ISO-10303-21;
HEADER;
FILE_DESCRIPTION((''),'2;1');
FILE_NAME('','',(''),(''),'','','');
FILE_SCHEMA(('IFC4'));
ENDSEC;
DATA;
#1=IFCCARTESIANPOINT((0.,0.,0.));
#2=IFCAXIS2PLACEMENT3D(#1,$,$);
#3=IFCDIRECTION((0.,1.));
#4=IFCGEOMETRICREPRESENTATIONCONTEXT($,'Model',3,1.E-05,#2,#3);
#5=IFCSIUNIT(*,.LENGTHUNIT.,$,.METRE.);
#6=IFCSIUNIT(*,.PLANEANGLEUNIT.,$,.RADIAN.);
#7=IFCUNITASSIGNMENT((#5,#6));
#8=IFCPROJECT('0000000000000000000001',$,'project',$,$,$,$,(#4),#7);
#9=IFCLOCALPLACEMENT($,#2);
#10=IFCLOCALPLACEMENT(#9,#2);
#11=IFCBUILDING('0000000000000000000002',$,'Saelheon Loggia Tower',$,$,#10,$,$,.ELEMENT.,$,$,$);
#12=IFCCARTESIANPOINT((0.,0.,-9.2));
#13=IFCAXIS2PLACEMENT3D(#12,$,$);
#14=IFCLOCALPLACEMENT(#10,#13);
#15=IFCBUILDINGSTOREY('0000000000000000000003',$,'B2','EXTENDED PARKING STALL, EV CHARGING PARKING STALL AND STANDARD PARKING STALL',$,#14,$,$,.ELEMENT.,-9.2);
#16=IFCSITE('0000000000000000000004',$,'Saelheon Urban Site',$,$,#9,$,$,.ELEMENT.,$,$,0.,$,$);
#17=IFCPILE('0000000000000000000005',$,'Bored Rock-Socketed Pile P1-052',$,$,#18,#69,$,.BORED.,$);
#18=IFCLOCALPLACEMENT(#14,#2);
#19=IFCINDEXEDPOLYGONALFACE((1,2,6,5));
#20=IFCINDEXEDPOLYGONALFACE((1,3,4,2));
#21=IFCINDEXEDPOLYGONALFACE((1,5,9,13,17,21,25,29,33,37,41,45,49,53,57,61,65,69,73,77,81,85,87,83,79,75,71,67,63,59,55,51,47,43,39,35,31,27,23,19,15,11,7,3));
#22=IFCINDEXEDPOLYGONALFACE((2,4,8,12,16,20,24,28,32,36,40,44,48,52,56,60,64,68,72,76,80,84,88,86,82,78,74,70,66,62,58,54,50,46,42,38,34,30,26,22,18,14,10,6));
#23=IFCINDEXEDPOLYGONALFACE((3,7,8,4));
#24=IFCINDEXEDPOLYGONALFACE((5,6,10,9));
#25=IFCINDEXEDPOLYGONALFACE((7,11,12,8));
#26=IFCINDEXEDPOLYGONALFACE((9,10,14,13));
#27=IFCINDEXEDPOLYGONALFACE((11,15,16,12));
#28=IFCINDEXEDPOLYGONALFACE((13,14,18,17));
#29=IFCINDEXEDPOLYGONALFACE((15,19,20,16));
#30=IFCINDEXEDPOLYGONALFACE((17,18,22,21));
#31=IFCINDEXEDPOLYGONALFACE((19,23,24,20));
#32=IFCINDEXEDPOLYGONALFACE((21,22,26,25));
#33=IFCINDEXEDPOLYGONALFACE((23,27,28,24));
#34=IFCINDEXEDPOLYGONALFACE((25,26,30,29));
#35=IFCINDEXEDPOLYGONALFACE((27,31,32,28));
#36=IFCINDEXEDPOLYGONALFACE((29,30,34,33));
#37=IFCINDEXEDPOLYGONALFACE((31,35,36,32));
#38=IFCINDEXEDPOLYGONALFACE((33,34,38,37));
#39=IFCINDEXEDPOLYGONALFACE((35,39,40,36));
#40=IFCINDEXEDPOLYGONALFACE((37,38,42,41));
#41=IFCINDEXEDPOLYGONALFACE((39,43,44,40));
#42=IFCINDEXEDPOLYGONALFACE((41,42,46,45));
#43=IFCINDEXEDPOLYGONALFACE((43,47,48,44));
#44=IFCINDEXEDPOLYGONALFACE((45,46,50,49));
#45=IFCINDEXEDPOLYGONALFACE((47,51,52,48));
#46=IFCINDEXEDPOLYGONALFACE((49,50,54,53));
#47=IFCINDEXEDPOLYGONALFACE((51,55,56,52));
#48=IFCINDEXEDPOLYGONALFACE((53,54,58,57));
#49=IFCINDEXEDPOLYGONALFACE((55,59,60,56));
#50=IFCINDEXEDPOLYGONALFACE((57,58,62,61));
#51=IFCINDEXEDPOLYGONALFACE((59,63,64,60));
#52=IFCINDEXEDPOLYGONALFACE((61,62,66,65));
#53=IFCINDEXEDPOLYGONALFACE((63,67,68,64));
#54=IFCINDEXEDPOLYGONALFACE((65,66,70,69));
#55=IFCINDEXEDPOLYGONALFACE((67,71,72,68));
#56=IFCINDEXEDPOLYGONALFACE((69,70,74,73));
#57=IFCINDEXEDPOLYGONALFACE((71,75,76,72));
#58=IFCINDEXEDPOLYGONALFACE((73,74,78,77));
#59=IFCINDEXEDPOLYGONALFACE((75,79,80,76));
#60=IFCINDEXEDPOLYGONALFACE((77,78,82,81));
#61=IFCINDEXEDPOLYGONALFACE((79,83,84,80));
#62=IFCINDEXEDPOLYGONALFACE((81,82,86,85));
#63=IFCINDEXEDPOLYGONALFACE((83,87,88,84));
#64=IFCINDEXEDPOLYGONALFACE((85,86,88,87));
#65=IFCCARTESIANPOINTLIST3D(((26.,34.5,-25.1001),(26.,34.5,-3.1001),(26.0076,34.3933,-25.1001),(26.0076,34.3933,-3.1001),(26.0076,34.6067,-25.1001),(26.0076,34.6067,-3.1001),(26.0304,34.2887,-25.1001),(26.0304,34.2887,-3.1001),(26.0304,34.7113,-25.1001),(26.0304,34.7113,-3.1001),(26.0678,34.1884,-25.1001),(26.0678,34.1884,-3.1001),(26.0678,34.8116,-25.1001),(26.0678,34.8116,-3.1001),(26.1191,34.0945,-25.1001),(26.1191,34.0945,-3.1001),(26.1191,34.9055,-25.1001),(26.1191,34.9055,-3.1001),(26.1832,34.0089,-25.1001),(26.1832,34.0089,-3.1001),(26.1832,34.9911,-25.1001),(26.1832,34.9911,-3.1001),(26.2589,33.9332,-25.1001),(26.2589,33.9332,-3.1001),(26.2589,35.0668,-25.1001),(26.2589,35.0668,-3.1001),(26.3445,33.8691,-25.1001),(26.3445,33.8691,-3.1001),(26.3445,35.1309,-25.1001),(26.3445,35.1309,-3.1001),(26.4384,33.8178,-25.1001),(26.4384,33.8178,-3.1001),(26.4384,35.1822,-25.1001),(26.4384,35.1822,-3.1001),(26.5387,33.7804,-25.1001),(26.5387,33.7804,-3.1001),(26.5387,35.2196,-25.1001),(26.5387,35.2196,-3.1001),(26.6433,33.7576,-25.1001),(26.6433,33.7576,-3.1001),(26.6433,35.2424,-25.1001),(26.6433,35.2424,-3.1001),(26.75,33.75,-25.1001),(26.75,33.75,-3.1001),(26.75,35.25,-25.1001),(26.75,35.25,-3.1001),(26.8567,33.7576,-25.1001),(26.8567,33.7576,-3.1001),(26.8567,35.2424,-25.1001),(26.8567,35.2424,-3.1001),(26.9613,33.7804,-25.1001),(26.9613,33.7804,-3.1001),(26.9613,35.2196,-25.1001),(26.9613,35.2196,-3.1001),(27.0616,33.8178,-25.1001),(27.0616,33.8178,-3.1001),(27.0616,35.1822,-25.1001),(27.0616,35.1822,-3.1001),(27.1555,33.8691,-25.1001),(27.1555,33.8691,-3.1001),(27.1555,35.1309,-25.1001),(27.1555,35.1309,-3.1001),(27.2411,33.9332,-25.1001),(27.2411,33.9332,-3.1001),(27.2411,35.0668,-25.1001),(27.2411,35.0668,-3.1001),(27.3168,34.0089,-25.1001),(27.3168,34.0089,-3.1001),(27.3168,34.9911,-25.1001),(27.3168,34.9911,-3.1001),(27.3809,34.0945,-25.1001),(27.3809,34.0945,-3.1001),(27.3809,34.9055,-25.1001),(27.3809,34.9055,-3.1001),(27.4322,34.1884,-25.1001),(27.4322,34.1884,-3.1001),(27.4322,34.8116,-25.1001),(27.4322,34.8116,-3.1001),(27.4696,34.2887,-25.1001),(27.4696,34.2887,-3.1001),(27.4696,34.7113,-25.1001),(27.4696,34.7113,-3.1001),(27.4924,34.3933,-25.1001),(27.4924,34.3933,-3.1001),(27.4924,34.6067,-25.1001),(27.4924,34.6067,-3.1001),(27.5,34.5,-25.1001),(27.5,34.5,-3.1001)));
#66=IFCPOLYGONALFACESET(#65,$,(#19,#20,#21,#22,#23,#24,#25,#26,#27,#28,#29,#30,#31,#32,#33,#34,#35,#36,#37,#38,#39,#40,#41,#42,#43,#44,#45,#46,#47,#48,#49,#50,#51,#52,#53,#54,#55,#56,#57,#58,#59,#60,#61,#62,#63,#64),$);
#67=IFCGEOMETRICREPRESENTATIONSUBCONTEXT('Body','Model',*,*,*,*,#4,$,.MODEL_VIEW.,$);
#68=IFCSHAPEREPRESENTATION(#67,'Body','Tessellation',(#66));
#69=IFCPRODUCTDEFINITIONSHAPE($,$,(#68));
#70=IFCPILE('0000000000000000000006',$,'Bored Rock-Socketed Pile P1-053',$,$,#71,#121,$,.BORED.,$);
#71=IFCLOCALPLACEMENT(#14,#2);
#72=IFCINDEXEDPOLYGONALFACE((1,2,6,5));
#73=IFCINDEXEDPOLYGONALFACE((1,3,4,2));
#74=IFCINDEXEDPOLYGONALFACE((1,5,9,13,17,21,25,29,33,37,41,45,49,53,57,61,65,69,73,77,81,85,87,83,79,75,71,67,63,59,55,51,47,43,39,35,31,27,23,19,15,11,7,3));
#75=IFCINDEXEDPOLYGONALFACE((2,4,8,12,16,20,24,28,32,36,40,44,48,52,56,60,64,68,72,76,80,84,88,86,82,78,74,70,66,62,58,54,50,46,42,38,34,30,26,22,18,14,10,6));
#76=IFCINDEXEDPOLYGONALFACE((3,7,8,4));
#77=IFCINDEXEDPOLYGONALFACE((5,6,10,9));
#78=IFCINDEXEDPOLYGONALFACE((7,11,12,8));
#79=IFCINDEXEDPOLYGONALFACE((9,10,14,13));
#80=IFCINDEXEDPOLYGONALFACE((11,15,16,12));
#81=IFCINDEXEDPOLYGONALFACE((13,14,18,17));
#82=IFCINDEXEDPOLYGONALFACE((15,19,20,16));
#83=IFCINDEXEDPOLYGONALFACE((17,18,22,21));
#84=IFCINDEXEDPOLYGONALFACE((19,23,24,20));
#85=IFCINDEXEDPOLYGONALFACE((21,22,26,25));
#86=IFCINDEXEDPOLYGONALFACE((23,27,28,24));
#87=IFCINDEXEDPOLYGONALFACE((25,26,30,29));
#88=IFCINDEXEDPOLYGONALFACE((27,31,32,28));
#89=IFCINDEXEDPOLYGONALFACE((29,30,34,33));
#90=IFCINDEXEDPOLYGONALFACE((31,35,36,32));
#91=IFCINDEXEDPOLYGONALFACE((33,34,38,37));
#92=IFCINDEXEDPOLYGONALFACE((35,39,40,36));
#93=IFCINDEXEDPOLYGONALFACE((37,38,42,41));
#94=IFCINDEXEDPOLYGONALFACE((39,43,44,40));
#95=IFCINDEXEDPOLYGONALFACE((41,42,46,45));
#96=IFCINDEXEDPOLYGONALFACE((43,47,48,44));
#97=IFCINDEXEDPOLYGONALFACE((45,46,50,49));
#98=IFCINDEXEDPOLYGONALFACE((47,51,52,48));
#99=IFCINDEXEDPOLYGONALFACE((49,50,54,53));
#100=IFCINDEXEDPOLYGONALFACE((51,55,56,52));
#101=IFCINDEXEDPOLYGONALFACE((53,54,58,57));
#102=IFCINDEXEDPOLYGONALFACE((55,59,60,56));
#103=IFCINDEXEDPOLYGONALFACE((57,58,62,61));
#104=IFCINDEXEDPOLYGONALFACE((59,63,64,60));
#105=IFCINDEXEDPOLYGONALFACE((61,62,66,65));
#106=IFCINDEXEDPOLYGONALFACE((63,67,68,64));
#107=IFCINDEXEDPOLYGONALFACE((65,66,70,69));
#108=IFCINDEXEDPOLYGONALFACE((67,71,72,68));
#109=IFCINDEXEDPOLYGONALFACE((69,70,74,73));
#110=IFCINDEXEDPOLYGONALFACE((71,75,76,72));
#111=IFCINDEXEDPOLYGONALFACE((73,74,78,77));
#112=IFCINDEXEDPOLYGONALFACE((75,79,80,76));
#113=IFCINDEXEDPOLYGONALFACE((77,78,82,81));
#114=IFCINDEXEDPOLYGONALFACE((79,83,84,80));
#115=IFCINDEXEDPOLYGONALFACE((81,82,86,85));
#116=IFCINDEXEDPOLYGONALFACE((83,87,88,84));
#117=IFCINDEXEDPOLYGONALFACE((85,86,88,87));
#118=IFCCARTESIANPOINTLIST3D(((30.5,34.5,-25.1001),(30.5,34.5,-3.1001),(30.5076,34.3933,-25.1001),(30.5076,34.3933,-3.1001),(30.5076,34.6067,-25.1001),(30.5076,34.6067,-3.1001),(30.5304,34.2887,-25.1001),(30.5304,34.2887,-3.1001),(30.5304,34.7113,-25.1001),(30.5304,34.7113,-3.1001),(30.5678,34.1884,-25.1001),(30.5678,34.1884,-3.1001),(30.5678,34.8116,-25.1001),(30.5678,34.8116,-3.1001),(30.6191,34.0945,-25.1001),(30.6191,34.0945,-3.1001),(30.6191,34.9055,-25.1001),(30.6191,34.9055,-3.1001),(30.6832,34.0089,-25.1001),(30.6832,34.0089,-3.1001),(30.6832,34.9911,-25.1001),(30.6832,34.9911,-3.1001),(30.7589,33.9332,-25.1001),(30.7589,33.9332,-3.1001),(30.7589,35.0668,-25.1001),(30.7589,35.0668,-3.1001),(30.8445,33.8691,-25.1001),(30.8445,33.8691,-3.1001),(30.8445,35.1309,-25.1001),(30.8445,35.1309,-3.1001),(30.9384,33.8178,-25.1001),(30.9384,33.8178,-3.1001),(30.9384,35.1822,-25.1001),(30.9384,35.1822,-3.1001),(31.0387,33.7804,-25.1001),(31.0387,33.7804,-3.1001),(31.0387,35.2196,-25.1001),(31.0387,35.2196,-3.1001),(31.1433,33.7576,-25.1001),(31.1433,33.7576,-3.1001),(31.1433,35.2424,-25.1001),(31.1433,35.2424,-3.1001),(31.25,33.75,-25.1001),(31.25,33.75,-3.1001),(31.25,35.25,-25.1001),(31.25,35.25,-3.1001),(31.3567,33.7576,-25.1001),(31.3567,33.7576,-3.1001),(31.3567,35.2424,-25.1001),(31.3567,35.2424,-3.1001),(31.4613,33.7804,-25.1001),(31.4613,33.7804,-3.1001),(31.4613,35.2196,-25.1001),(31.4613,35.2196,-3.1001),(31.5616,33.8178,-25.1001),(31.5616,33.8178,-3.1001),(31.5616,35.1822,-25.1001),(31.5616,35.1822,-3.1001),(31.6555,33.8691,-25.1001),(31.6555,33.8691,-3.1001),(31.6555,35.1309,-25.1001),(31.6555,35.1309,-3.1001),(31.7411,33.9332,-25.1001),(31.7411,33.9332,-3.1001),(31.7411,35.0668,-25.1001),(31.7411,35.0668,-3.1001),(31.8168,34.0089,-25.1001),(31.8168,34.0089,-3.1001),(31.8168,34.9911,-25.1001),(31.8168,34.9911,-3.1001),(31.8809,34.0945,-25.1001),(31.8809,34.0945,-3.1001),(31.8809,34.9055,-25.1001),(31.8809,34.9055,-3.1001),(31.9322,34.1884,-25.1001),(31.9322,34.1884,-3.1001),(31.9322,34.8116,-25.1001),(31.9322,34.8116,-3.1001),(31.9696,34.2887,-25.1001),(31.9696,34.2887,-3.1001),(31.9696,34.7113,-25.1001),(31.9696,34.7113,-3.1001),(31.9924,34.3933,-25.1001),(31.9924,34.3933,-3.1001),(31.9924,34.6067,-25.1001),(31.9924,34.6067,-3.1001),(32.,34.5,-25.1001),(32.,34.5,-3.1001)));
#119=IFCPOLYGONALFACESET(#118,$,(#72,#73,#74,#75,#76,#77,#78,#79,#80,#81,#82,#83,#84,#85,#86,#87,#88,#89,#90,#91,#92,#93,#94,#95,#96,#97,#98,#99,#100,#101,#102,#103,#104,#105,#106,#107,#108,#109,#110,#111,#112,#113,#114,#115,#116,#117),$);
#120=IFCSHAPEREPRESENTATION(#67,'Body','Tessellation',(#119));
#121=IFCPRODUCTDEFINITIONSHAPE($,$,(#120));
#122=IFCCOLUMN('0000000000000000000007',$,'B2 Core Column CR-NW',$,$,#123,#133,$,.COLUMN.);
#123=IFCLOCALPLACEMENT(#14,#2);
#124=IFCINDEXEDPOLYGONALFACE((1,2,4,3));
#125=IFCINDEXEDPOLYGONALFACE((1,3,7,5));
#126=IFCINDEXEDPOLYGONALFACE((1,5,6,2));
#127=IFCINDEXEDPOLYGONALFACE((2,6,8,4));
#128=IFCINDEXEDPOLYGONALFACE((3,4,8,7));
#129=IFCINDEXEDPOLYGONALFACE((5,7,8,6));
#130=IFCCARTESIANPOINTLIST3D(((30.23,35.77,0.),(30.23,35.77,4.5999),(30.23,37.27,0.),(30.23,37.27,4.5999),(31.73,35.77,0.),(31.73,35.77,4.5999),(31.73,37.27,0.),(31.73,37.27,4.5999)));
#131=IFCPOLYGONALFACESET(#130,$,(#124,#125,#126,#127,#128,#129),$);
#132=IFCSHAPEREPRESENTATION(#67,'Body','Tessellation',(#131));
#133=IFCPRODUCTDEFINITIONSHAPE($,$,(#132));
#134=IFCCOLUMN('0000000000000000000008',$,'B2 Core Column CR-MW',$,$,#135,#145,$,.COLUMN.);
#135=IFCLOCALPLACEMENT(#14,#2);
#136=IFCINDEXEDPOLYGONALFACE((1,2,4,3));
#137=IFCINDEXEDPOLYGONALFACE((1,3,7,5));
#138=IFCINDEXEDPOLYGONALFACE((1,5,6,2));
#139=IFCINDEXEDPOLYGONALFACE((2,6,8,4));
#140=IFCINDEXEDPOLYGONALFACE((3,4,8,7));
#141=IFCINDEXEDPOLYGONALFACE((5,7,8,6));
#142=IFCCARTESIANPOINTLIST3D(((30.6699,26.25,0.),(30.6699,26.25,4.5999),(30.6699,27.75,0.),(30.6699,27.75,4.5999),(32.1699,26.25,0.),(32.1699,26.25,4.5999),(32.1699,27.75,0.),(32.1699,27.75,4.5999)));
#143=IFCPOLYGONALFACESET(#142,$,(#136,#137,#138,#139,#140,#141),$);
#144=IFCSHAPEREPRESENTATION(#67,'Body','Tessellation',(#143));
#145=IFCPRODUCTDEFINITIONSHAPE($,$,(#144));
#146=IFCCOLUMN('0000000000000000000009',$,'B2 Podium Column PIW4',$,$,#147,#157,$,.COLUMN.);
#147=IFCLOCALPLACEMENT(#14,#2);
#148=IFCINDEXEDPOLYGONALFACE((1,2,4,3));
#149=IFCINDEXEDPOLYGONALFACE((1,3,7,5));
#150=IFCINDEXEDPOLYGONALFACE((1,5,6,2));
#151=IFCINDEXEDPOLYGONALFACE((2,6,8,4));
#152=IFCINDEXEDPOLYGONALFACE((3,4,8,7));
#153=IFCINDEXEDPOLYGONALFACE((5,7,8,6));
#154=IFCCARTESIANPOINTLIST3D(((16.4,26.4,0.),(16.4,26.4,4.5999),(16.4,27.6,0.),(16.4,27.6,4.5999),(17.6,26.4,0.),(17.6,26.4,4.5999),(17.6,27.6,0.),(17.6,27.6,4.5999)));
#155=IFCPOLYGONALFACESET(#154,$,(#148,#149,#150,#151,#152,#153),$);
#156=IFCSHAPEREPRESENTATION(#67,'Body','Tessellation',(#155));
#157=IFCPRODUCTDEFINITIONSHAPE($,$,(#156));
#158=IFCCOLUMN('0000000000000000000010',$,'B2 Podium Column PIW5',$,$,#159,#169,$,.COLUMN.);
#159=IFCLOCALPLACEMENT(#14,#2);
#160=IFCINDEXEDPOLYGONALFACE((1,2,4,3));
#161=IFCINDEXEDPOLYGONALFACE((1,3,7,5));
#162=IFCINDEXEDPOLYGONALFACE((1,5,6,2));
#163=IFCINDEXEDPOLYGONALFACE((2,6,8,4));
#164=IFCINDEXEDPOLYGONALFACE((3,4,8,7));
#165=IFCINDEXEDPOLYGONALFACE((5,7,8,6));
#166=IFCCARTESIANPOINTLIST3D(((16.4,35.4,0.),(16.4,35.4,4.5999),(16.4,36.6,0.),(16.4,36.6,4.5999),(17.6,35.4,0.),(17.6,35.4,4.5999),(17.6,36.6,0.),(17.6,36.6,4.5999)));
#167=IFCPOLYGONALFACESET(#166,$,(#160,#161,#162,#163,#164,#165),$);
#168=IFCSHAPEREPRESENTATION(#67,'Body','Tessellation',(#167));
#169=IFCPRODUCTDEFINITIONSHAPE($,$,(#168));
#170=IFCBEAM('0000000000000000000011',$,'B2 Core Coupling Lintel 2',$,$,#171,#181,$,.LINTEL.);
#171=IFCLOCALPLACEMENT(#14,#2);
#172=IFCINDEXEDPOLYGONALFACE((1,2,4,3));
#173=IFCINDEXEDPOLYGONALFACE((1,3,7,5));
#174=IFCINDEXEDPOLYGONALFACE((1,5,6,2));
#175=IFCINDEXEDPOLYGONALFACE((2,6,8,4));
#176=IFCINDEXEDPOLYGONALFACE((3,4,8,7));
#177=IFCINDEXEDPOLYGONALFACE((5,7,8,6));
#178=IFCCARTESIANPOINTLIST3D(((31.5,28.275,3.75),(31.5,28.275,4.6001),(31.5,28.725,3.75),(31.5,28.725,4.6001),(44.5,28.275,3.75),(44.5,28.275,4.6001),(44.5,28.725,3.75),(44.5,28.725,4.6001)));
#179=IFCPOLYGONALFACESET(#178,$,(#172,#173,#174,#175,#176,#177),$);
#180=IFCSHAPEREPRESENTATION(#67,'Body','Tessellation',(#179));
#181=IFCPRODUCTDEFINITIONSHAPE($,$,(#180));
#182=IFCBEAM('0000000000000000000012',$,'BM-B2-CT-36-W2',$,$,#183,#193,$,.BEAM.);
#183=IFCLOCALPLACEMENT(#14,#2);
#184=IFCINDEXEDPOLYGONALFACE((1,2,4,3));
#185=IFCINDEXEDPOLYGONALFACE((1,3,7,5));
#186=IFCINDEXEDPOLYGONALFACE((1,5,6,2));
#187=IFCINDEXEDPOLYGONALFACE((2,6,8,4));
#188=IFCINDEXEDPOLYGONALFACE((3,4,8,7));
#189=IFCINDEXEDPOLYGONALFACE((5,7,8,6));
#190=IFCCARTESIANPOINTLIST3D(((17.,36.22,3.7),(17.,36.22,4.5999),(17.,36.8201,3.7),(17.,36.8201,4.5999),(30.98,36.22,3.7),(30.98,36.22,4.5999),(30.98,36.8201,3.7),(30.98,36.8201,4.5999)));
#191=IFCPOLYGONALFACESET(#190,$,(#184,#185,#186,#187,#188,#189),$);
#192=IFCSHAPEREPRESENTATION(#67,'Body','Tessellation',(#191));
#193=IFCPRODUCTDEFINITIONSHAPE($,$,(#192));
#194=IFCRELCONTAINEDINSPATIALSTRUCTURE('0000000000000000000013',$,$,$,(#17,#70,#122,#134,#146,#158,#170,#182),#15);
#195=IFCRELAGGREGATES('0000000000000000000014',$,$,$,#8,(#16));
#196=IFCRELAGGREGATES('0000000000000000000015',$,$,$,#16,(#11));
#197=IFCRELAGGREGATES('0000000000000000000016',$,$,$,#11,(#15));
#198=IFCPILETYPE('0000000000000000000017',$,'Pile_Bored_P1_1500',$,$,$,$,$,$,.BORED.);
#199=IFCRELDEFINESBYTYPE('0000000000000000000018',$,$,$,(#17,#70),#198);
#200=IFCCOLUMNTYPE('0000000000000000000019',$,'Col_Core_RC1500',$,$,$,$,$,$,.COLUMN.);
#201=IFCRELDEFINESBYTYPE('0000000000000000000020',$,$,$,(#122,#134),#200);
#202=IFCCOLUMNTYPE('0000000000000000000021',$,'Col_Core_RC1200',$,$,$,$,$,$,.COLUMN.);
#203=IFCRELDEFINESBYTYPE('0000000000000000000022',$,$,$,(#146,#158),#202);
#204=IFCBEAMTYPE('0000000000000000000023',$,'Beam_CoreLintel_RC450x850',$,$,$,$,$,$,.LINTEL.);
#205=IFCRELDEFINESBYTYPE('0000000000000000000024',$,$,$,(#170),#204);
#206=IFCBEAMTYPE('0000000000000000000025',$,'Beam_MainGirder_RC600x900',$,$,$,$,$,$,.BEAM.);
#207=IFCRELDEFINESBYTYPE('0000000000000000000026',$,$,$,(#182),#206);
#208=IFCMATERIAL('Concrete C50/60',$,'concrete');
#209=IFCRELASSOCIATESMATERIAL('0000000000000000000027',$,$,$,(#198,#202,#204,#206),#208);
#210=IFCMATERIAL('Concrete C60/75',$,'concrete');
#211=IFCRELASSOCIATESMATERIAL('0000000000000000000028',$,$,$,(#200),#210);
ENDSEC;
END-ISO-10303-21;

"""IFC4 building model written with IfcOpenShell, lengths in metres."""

from ifc_helpers import new_model, si_unit, direction, frame, origin, origin_2d, place, context, subcontext, project, spatial, rectangle, circle, extrude, source, transform, mapped, material, material_profile, profile_set, type_object, element, save


model = new_model("IFC4")

# Units and contexts
model_context = context("Model", 3, precision=1e-05, world=origin(), true_north=direction((0.0, 1.0)))
body_context = subcontext(model_context, "Body", "Model", "MODEL_VIEW")
ifc_project = project(units=[si_unit("LENGTHUNIT", "METRE"), si_unit("PLANEANGLEUNIT", "RADIAN")], contexts=[model_context])

# Site, building, storey
site_placement = place(None, origin())
site = spatial("IfcSite", under=ifc_project, at=site_placement, Name="Saelheon Urban Site", CompositionType="ELEMENT", RefElevation=0.0)
building_placement = place(site_placement, origin())
building = spatial("IfcBuilding", under=site, at=building_placement, Name="Saelheon Loggia Tower", CompositionType="ELEMENT")
storey_placement = place(building_placement, frame((0.0, 0.0, -9.2)))
storey = spatial("IfcBuildingStorey", under=building, at=storey_placement, Name="B2", Description="EXTENDED PARKING STALL, EV CHARGING PARKING STALL AND STANDARD PARKING STALL", CompositionType="ELEMENT", Elevation=-9.2)

# Piles
ifc_material_1 = material(Name="Concrete C50/60", Category="concrete")
ifc_material_profile_1 = material_profile(ifc_material_1, circle(Radius=0.75, at=origin_2d()), Name="CIRC-1500")
ifc_profile_set_1 = profile_set([ifc_material_profile_1], Name="Concrete C50/60")
pile_type = type_object("IfcPileType", Name="Pile_Bored_P1_1500", PredefinedType="BORED", material=ifc_profile_set_1)
shared_shape_1 = source(origin(), body_context, "Body", "SweptSolid", [
    extrude(circle(Radius=0.75, at=origin_2d()), origin(), (0.0, 0.0, 1.0), 22.0),
])
for number, where, z_axis, x_axis, name in (
    (1, (26.75, 34.5, -3.1001), (0.0, 0.0, -1.0), (1.0, 0.0, 0.0), "Bored Rock-Socketed Pile P1-052"),
    (2, (31.25, 34.5, -3.1001), (0.0, 0.0, -1.0), (1.0, 0.0, 0.0), "Bored Rock-Socketed Pile P1-053"),
):
    element("IfcPile", number, at=place(storey_placement, frame(where, z_axis=z_axis, x_axis=x_axis)), inside=storey, type_object=pile_type, Name=name, PredefinedType="BORED", context=body_context, shape_type="MappedRepresentation", body=[
        mapped(shared_shape_1, transform((0.0, 0.0, 0.0), scale=1.0)),
    ])

# Columns
ifc_material_2 = material(Name="Concrete C60/75", Category="concrete")
ifc_material_profile_2 = material_profile(ifc_material_2, rectangle(XDim=1.5, YDim=1.5, at=origin_2d()), Name="RC-1500x1500")
ifc_profile_set_2 = profile_set([ifc_material_profile_2], Name="Concrete C60/75")
column_type_1 = type_object("IfcColumnType", Name="Col_Core_RC1500", PredefinedType="COLUMN", material=ifc_profile_set_2)
shared_shape_2 = source(origin(), body_context, "Body", "SweptSolid", [
    extrude(rectangle(XDim=1.5, YDim=1.5, at=origin_2d()), origin(), (0.0, 0.0, 1.0), 4.5999),
])
for number, where, z_axis, x_axis, name in (
    (3, (30.98, 36.52, 0.0), (0.0, 0.0, 1.0), (1.0, 0.0, 0.0), "B2 Core Column CR-NW"),
    (4, (31.4199, 27.0, 0.0), (0.0, 0.0, 1.0), (1.0, 0.0, 0.0), "B2 Core Column CR-MW"),
):
    element("IfcColumn", number, at=place(storey_placement, frame(where, z_axis=z_axis, x_axis=x_axis)), inside=storey, type_object=column_type_1, Name=name, PredefinedType="COLUMN", context=body_context, shape_type="MappedRepresentation", body=[
        mapped(shared_shape_2, transform((0.0, 0.0, 0.0), scale=1.0)),
    ])
ifc_material_profile_3 = material_profile(ifc_material_1, rectangle(XDim=1.2, YDim=1.2, at=origin_2d()), Name="RC-1200x1200")
ifc_profile_set_3 = profile_set([ifc_material_profile_3], Name="Concrete C50/60")
column_type_2 = type_object("IfcColumnType", Name="Col_Core_RC1200", PredefinedType="COLUMN", material=ifc_profile_set_3)
shared_shape_3 = source(origin(), body_context, "Body", "SweptSolid", [
    extrude(rectangle(XDim=1.2, YDim=1.2, at=origin_2d()), origin(), (0.0, 0.0, 1.0), 4.5999),
])
for number, where, z_axis, x_axis, name in (
    (5, (17.0, 27.0, 0.0), (0.0, 0.0, 1.0), (1.0, 0.0, 0.0), "B2 Podium Column PIW4"),
    (6, (17.0, 36.0, 0.0), (0.0, 0.0, 1.0), (1.0, 0.0, 0.0), "B2 Podium Column PIW5"),
):
    element("IfcColumn", number, at=place(storey_placement, frame(where, z_axis=z_axis, x_axis=x_axis)), inside=storey, type_object=column_type_2, Name=name, PredefinedType="COLUMN", context=body_context, shape_type="MappedRepresentation", body=[
        mapped(shared_shape_3, transform((0.0, 0.0, 0.0), scale=1.0)),
    ])

# Beams
ifc_material_profile_4 = material_profile(ifc_material_1, rectangle(XDim=0.45, YDim=0.8501, at=origin_2d()), Name="RC-450x850")
ifc_profile_set_4 = profile_set([ifc_material_profile_4], Name="Concrete C50/60")
beam_type_1 = type_object("IfcBeamType", Name="Beam_CoreLintel_RC450x850", PredefinedType="LINTEL", material=ifc_profile_set_4)
shared_shape_4 = source(origin(), body_context, "Body", "SweptSolid", [
    extrude(rectangle(XDim=0.45, YDim=0.8501, at=origin_2d()), origin(), (0.0, 0.0, 1.0), 13.0),
])
beam_1_placement = place(storey_placement, frame((31.5, 28.5, 4.175), z_axis=(1.0, 0.0, 0.0), x_axis=(0.0, 1.0, 0.0)))
element("IfcBeam", 7, at=beam_1_placement, inside=storey, type_object=beam_type_1, Name="B2 Core Coupling Lintel 2", PredefinedType="LINTEL", context=body_context, shape_type="MappedRepresentation", body=[
    mapped(shared_shape_4, transform((0.0, 0.0, 0.0), scale=1.0)),
])
ifc_material_profile_5 = material_profile(ifc_material_1, rectangle(XDim=0.6001, YDim=0.8999, at=origin_2d()), Name="RC-600x900")
ifc_profile_set_5 = profile_set([ifc_material_profile_5], Name="Concrete C50/60")
beam_type_2 = type_object("IfcBeamType", Name="Beam_MainGirder_RC600x900", PredefinedType="BEAM", material=ifc_profile_set_5)
shared_shape_5 = source(origin(), body_context, "Body", "SweptSolid", [
    extrude(rectangle(XDim=0.6001, YDim=0.8999, at=origin_2d()), origin(), (0.0, 0.0, 1.0), 13.98),
])
beam_2_placement = place(storey_placement, frame((17.0, 36.52, 4.1499), z_axis=(1.0, 0.0, 0.0), x_axis=(0.0, 1.0, 0.0)))
element("IfcBeam", 8, at=beam_2_placement, inside=storey, type_object=beam_type_2, Name="BM-B2-CT-36-W2", PredefinedType="BEAM", context=body_context, shape_type="MappedRepresentation", body=[
    mapped(shared_shape_5, transform((0.0, 0.0, 0.0), scale=1.0)),
])

save(model, "model.ifc")
